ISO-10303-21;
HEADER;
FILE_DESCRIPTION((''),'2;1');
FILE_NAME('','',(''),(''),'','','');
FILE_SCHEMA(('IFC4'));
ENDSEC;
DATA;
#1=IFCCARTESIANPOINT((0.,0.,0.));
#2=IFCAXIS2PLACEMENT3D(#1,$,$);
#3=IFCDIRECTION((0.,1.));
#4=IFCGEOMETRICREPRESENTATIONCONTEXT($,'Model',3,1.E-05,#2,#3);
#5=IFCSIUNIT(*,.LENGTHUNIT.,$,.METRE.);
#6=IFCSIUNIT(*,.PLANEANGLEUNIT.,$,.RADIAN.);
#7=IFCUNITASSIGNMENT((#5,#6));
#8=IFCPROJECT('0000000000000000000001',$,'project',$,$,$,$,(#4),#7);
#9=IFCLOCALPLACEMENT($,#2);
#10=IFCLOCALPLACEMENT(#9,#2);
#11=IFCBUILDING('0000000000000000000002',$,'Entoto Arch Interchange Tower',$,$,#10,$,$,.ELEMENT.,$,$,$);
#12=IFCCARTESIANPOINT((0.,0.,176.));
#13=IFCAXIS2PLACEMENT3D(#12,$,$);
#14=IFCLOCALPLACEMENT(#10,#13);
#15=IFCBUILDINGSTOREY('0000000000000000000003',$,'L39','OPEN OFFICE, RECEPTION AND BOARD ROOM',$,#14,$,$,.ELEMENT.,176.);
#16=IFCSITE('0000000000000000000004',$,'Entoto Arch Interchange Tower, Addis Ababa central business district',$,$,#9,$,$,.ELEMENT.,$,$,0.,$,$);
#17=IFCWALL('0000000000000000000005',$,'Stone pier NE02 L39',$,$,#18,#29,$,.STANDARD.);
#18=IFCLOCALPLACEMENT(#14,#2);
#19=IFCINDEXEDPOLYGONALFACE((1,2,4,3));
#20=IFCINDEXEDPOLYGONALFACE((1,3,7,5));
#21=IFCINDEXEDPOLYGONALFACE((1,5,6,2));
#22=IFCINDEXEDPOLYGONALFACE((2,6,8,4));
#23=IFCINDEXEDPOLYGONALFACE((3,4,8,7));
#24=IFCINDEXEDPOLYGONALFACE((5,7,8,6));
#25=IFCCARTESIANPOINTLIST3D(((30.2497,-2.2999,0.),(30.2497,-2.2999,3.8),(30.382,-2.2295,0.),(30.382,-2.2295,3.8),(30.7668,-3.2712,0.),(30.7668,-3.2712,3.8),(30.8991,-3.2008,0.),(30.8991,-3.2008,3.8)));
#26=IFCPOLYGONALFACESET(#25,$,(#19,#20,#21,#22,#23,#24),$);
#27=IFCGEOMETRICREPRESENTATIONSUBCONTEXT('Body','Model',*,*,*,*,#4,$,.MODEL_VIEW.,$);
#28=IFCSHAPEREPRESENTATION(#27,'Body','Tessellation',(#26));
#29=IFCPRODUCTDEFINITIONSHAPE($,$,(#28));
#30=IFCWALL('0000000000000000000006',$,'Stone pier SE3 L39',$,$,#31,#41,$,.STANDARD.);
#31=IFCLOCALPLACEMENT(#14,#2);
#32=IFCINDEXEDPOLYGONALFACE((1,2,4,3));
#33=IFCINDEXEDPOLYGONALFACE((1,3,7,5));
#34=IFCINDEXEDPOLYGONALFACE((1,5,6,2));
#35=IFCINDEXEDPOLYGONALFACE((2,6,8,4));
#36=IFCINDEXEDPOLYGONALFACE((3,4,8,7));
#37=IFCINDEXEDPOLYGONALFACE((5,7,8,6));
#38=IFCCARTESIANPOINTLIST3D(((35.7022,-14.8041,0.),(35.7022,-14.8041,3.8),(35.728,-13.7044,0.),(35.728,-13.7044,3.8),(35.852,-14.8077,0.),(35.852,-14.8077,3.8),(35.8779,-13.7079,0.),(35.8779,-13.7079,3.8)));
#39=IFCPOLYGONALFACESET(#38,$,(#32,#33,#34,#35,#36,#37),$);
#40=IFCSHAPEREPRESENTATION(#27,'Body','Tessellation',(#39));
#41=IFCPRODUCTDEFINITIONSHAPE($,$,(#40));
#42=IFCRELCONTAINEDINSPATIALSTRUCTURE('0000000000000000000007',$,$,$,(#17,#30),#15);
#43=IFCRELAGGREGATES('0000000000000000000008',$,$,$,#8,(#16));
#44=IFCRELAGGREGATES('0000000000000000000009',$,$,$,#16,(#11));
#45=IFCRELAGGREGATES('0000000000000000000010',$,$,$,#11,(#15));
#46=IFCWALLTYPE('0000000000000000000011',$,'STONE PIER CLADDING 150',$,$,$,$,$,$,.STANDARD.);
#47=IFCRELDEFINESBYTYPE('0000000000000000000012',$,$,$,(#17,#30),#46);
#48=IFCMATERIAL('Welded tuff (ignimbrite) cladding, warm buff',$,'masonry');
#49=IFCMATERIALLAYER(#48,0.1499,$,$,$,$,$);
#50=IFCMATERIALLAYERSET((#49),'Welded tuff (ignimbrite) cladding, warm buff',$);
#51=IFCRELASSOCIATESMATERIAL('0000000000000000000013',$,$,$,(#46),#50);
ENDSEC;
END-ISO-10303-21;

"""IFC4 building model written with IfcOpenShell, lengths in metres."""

from ifc_helpers import new_model, si_unit, direction, frame, frame_2d, origin, place, context, subcontext, project, spatial, rectangle, extrude, material, layer, layer_set, type_object, element, save


model = new_model("IFC4")

# Units and contexts
model_context = context("Model", 3, precision=1e-05, world=origin(), true_north=direction((0.0, 1.0)))
body_context = subcontext(model_context, "Body", "Model", "MODEL_VIEW")
ifc_project = project(units=[si_unit("LENGTHUNIT", "METRE"), si_unit("PLANEANGLEUNIT", "RADIAN")], contexts=[model_context])

# Site, building, storey
site_placement = place(None, origin())
site = spatial("IfcSite", under=ifc_project, at=site_placement, Name="Entoto Arch Interchange Tower, Addis Ababa central business district", CompositionType="ELEMENT", RefElevation=0.0)
building_placement = place(site_placement, origin())
building = spatial("IfcBuilding", under=site, at=building_placement, Name="Entoto Arch Interchange Tower", CompositionType="ELEMENT")
storey_placement = place(building_placement, frame((0.0, 0.0, 176.0)))
storey = spatial("IfcBuildingStorey", under=building, at=storey_placement, Name="L39", Description="OPEN OFFICE, RECEPTION AND BOARD ROOM", CompositionType="ELEMENT", Elevation=176.0)

# Shared definitions
ifc_material_1 = material(Name="Welded tuff (ignimbrite) cladding, warm buff", Category="masonry")

# Walls
ifc_layer_1 = layer(ifc_material_1, 0.1499)
ifc_layer_set_1 = layer_set([ifc_layer_1], Name="Welded tuff (ignimbrite) cladding, warm buff")
wall_type_1 = type_object("IfcWallType", Name="STONE PIER CLADDING 150", PredefinedType="STANDARD", material=ifc_layer_set_1)
wall_1_placement = place(storey_placement, frame((30.833, -3.2361, 0.0), z_axis=(0.0, 0.0, 1.0), x_axis=(-0.469966, 0.882684, 0.0)))
element("IfcWall", 1, at=wall_1_placement, inside=storey, type_object=wall_type_1, Name="Stone pier NE02 L39", PredefinedType="STANDARD", context=body_context, shape_type="SweptSolid", body=[
    extrude(rectangle(XDim=1.1003, YDim=0.1499, at=frame_2d((0.5503, 0.0))), origin(), (0.0, 0.0, 1.0), 3.8),
])
wall_2_placement = place(storey_placement, frame((35.7771, -14.8059, 0.0), z_axis=(0.0, 0.0, 1.0), x_axis=(0.023523, 0.999723, 0.0)))
element("IfcWall", 2, at=wall_2_placement, inside=storey, type_object=wall_type_1, Name="Stone pier SE3 L39", PredefinedType="STANDARD", context=body_context, shape_type="SweptSolid", body=[
    extrude(rectangle(XDim=1.1001, YDim=0.1499, at=frame_2d((0.55, 0.0))), origin(), (0.0, 0.0, 1.0), 3.8),
])

save(model, "model.ifc")
